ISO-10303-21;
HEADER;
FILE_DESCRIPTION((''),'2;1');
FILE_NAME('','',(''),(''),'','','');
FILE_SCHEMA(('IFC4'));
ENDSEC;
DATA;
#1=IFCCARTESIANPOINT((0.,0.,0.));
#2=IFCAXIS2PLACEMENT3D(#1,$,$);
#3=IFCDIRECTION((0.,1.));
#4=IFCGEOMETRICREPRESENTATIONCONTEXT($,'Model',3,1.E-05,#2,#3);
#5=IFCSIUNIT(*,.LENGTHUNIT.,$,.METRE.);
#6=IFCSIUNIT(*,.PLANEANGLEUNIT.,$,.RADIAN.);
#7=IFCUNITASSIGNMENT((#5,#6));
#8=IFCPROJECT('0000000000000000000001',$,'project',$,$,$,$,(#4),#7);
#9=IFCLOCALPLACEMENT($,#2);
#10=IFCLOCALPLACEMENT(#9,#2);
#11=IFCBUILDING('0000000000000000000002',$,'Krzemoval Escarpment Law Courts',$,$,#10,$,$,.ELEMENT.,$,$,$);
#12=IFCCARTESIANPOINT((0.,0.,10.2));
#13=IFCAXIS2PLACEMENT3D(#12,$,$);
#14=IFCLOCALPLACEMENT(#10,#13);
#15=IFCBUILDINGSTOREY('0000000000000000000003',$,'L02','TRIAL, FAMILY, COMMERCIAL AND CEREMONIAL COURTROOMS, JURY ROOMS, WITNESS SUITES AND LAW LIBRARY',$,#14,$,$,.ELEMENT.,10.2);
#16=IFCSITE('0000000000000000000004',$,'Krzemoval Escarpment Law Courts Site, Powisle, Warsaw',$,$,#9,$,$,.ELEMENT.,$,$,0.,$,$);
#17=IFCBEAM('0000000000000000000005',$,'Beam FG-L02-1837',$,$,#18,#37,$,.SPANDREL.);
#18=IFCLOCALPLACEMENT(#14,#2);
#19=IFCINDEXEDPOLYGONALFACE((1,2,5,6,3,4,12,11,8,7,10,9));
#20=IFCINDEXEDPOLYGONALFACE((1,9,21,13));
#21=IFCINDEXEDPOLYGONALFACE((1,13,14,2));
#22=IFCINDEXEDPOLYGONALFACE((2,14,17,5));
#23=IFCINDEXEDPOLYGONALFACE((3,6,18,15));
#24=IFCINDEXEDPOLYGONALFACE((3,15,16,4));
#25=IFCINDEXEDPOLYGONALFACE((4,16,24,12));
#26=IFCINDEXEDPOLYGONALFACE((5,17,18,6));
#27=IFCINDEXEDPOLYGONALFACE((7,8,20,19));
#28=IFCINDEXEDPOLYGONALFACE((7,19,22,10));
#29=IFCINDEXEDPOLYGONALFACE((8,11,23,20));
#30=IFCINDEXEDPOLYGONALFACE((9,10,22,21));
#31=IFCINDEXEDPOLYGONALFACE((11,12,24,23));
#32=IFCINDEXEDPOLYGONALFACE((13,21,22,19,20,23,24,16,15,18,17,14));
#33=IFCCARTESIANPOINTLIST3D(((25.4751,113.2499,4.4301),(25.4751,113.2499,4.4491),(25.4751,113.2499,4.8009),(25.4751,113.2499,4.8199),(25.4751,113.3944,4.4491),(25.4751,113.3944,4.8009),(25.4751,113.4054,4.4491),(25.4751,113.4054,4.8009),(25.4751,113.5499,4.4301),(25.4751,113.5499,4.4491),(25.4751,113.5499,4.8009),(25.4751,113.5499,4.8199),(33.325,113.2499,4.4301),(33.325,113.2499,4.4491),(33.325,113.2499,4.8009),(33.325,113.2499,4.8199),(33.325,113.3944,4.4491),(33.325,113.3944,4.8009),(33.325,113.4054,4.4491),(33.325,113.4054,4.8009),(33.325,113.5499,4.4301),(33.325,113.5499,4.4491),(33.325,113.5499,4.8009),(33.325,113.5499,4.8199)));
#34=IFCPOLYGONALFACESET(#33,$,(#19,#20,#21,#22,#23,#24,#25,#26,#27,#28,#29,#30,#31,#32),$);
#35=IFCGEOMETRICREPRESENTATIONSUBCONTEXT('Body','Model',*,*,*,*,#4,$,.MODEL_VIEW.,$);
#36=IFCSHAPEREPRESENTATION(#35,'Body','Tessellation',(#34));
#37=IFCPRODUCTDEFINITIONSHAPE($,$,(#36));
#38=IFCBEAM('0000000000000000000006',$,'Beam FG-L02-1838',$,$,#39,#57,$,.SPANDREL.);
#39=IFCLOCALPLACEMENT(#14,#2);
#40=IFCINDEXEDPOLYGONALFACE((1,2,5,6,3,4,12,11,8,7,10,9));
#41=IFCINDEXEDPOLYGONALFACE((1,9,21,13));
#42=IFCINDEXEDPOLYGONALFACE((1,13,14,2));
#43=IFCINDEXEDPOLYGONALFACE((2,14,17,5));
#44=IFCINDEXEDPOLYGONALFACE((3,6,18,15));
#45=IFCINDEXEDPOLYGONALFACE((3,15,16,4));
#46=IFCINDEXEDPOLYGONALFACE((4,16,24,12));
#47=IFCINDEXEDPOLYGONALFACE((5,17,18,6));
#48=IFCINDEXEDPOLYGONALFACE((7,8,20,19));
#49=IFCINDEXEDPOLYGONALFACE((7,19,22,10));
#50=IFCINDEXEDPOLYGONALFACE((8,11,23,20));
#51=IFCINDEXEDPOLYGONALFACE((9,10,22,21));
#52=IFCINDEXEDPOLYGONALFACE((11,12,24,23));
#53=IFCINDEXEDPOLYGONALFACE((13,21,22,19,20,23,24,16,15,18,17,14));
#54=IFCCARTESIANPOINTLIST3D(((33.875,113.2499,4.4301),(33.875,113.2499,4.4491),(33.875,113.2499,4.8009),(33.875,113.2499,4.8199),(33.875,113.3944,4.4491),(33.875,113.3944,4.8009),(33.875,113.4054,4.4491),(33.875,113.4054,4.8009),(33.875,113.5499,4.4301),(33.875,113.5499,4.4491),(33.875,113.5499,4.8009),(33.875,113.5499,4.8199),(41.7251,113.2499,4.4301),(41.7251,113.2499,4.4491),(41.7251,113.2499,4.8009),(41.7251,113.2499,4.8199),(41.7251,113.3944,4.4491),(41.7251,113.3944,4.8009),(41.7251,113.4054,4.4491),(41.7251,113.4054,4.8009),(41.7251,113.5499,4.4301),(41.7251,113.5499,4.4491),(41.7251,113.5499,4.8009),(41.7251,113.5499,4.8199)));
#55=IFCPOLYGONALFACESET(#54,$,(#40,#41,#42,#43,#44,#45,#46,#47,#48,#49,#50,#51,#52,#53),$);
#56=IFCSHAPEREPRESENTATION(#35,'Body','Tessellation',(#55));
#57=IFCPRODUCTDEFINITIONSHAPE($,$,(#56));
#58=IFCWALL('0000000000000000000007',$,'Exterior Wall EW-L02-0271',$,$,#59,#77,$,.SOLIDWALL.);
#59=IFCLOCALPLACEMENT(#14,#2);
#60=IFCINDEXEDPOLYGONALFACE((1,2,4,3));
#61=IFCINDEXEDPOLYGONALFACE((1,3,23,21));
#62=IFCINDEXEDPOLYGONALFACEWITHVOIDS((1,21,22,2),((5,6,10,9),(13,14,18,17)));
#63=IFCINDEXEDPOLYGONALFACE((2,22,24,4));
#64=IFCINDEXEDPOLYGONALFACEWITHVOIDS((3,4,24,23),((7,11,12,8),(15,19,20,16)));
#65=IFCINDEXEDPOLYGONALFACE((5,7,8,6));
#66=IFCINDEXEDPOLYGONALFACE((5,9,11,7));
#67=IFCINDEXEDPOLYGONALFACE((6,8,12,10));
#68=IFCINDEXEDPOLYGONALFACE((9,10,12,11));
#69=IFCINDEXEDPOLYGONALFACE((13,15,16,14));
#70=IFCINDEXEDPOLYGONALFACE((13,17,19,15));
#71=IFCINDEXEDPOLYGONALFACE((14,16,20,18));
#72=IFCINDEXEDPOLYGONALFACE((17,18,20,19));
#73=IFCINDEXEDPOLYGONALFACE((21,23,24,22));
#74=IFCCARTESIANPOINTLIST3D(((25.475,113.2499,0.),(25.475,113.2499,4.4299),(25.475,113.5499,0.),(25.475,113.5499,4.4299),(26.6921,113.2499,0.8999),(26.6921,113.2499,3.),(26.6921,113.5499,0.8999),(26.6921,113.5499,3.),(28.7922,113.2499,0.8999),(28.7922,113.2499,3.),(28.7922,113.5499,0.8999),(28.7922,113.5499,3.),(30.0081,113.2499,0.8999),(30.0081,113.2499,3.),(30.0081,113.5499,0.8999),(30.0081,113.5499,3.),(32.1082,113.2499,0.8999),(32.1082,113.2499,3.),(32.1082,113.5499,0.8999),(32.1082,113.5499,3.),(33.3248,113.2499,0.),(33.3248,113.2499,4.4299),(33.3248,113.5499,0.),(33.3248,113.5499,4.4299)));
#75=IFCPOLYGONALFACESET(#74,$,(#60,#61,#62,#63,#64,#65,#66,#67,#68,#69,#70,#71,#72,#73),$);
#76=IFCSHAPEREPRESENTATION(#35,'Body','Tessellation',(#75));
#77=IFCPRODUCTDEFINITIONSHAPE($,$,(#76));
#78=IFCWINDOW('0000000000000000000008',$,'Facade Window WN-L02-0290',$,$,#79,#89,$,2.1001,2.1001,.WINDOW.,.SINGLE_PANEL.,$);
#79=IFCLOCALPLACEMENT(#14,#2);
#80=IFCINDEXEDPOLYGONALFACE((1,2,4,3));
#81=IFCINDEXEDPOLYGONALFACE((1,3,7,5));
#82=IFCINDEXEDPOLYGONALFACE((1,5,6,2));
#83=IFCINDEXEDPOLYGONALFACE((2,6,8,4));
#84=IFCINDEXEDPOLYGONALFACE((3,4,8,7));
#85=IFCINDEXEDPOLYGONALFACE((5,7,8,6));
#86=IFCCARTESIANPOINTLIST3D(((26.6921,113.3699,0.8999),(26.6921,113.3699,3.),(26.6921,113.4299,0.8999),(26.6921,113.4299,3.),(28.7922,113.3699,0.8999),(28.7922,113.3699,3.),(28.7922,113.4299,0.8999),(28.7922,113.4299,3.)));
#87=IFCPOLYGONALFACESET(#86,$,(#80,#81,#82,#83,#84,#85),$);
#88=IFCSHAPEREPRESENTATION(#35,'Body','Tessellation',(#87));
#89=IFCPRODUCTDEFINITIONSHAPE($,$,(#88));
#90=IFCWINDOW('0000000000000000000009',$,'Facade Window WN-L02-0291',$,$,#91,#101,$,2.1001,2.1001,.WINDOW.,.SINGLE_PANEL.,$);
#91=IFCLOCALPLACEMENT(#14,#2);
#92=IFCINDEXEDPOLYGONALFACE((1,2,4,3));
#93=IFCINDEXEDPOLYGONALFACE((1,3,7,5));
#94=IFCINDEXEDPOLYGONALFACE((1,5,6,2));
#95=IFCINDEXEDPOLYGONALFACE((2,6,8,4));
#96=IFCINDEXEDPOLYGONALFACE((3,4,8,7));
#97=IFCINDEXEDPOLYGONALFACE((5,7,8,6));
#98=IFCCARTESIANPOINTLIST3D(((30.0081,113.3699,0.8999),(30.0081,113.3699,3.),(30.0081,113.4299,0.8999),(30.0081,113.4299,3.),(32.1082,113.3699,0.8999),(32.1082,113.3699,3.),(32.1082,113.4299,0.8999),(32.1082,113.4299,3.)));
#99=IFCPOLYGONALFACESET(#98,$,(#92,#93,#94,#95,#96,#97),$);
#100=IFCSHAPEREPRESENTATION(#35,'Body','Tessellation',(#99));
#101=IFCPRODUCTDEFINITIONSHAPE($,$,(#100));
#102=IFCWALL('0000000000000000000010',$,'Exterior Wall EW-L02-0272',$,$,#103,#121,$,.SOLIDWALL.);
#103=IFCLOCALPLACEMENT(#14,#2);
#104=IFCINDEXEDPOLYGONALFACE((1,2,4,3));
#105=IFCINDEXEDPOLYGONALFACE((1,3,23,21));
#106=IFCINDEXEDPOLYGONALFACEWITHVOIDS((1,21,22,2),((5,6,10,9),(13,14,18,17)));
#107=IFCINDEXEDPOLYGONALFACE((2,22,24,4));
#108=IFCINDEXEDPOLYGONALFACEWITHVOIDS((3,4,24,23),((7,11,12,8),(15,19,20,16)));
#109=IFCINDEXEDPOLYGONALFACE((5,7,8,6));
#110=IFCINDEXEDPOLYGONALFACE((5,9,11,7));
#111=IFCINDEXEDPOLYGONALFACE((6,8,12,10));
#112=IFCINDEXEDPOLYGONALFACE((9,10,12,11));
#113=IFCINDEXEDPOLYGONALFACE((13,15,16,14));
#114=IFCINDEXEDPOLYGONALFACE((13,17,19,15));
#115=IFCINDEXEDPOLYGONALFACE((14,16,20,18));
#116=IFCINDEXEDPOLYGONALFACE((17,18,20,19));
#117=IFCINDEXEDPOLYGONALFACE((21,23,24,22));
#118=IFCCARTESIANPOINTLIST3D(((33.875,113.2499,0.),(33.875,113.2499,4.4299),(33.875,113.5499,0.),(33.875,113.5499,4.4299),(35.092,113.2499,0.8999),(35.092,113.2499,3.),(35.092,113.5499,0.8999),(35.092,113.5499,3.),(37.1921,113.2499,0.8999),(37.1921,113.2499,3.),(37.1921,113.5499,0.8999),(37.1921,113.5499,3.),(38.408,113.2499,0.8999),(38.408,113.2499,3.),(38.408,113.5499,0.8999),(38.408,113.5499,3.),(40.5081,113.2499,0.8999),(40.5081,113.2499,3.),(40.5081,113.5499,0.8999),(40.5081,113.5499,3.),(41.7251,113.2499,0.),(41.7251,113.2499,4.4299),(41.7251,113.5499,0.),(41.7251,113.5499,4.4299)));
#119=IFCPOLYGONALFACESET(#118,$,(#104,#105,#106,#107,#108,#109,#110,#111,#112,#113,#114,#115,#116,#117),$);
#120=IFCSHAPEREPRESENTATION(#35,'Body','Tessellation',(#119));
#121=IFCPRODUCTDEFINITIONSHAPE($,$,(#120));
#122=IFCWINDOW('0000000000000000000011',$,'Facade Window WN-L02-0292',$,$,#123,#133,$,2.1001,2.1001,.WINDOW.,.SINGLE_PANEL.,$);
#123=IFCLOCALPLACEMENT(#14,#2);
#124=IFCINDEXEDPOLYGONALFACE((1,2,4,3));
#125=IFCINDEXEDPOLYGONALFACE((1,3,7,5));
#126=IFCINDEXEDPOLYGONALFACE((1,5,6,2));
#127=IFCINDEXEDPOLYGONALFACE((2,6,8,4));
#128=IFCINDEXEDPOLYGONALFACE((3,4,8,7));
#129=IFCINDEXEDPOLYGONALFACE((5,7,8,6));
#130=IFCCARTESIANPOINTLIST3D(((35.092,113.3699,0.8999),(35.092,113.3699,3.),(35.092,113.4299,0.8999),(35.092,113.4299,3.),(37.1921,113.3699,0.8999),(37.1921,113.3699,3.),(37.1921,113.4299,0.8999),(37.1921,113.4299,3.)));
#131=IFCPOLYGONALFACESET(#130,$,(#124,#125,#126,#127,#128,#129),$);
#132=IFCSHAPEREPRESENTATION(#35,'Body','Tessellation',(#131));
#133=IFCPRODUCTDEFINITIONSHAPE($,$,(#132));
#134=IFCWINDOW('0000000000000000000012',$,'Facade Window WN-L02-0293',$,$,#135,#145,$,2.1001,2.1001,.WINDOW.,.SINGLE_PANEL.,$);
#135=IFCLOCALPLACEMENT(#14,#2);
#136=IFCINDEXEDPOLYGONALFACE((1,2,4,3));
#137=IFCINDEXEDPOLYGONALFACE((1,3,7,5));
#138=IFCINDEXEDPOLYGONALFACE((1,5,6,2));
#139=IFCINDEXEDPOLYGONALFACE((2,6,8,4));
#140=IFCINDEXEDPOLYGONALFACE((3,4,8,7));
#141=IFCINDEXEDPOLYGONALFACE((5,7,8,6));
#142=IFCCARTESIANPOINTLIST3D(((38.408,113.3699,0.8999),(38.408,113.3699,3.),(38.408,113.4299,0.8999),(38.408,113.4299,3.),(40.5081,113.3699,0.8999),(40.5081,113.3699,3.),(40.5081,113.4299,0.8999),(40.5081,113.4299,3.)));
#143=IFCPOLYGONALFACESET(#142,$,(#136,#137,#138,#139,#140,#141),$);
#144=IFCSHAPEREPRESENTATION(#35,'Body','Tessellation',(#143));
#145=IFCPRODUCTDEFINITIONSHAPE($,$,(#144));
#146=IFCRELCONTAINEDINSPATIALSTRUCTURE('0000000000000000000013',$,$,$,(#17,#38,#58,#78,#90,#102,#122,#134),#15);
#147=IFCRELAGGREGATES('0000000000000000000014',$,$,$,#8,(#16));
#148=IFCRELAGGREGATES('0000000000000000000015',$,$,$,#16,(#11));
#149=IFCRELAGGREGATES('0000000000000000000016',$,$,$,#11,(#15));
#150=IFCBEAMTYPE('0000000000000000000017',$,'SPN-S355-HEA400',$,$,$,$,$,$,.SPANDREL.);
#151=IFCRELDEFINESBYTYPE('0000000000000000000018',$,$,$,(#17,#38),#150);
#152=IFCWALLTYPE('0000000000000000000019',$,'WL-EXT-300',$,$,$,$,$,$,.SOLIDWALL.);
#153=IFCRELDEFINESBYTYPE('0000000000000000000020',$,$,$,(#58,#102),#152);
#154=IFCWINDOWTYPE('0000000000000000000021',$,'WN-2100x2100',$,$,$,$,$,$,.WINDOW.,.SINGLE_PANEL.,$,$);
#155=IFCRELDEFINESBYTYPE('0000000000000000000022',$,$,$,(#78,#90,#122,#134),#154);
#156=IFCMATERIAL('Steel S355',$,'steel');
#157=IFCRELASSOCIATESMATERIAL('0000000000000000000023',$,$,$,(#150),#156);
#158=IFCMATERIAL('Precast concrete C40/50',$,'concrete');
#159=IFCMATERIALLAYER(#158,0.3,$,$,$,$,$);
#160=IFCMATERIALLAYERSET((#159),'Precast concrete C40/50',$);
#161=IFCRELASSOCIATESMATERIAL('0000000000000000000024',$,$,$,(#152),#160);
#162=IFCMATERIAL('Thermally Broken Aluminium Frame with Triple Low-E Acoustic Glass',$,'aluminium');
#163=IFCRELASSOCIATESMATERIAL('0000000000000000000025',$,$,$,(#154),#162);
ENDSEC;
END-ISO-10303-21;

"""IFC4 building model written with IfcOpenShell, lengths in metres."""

from ifc_helpers import new_model, si_unit, direction, frame, frame_2d, origin, origin_2d, place, context, subcontext, project, spatial, rectangle, i_section, extrude, material, layer, layer_set, material_profile, profile_set, type_object, element, fill, save


model = new_model("IFC4")

# Units and contexts
model_context = context("Model", 3, precision=1e-05, world=origin(), true_north=direction((0.0, 1.0)))
body_context = subcontext(model_context, "Body", "Model", "MODEL_VIEW")
ifc_project = project(units=[si_unit("LENGTHUNIT", "METRE"), si_unit("PLANEANGLEUNIT", "RADIAN")], contexts=[model_context])

# Site, building, storey
site_placement = place(None, origin())
site = spatial("IfcSite", under=ifc_project, at=site_placement, Name="Krzemoval Escarpment Law Courts Site, Powisle, Warsaw", CompositionType="ELEMENT", RefElevation=0.0)
building_placement = place(site_placement, origin())
building = spatial("IfcBuilding", under=site, at=building_placement, Name="Krzemoval Escarpment Law Courts", CompositionType="ELEMENT")
storey_placement = place(building_placement, frame((0.0, 0.0, 10.2)))
storey = spatial("IfcBuildingStorey", under=building, at=storey_placement, Name="L02", Description="TRIAL, FAMILY, COMMERCIAL AND CEREMONIAL COURTROOMS, JURY ROOMS, WITNESS SUITES AND LAW LIBRARY", CompositionType="ELEMENT", Elevation=10.2)

# Beams
ifc_material_1 = material(Name="Steel S355", Category="steel")
ifc_material_profile_1 = material_profile(ifc_material_1, i_section(OverallWidth=0.3, OverallDepth=0.3899, WebThickness=0.011, FlangeThickness=0.019, at=origin_2d()), Name="HEA 400")
ifc_profile_set_1 = profile_set([ifc_material_profile_1], Name="Steel S355")
beam_type_1 = type_object("IfcBeamType", Name="SPN-S355-HEA400", PredefinedType="SPANDREL", material=ifc_profile_set_1)
beam_1_placement = place(storey_placement, frame((25.4751, 113.3999, 4.625), z_axis=(1.0, 0.0, 0.0), x_axis=(0.0, 1.0, 0.0)))
element("IfcBeam", 1, at=beam_1_placement, inside=storey, type_object=beam_type_1, Name="Beam FG-L02-1837", PredefinedType="SPANDREL", context=body_context, shape_type="SweptSolid", body=[
    extrude(i_section(OverallWidth=0.3, OverallDepth=0.3899, WebThickness=0.011, FlangeThickness=0.019, at=origin_2d()), origin(), (0.0, 0.0, 1.0), 7.8499),
])
beam_2_placement = place(storey_placement, frame((33.875, 113.3999, 4.625), z_axis=(1.0, 0.0, 0.0), x_axis=(0.0, 1.0, 0.0)))
element("IfcBeam", 2, at=beam_2_placement, inside=storey, type_object=beam_type_1, Name="Beam FG-L02-1838", PredefinedType="SPANDREL", context=body_context, shape_type="SweptSolid", body=[
    extrude(i_section(OverallWidth=0.3, OverallDepth=0.3899, WebThickness=0.011, FlangeThickness=0.019, at=origin_2d()), origin(), (0.0, 0.0, 1.0), 7.8501),
])

# Walls, openings, windows
ifc_material_2 = material(Name="Precast concrete C40/50", Category="concrete")
ifc_layer_1 = layer(ifc_material_2, 0.3)
ifc_layer_set_1 = layer_set([ifc_layer_1], Name="Precast concrete C40/50")
wall_type_1 = type_object("IfcWallType", Name="WL-EXT-300", PredefinedType="SOLIDWALL", material=ifc_layer_set_1)
wall_1_placement = place(storey_placement, frame((25.4751, 113.3999, 0.0), z_axis=(0.0, 0.0, 1.0), x_axis=(1.0, 0.0, 0.0)))
wall_1 = element("IfcWall", 3, at=wall_1_placement, inside=storey, type_object=wall_type_1, Name="Exterior Wall EW-L02-0271", PredefinedType="SOLIDWALL", context=body_context, shape_type="SweptSolid", body=[
    extrude(rectangle(XDim=7.8499, YDim=0.3, at=frame_2d((3.9248, 0.0))), origin(), (0.0, 0.0, 1.0), 4.4299),
])
opening_1_placement = place(wall_1_placement, frame((1.217, 0.0, 0.8999)))
opening_1 = element("IfcOpeningElement", 4, at=opening_1_placement, cuts=wall_1, PredefinedType="OPENING", context=body_context, shape_type="SweptSolid", body=[
    extrude(rectangle(XDim=2.1001, YDim=2.1001, at=frame_2d((1.05, 1.05))), frame((0.0, 0.165, 0.0), z_axis=(0.0, -1.0, 0.0), x_axis=(1.0, 0.0, 0.0)), (0.0, 0.0, 1.0), 0.3301),
])
opening_2_placement = place(wall_1_placement, frame((4.533, 0.0, 0.8999)))
opening_2 = element("IfcOpeningElement", 5, at=opening_2_placement, cuts=wall_1, PredefinedType="OPENING", context=body_context, shape_type="SweptSolid", body=[
    extrude(rectangle(XDim=2.1001, YDim=2.1001, at=frame_2d((1.05, 1.05))), frame((0.0, 0.165, 0.0), z_axis=(0.0, -1.0, 0.0), x_axis=(1.0, 0.0, 0.0)), (0.0, 0.0, 1.0), 0.3301),
])
ifc_material_3 = material(Name="Thermally Broken Aluminium Frame with Triple Low-E Acoustic Glass", Category="aluminium")
window_type = type_object("IfcWindowType", Name="WN-2100x2100", PartitioningType="SINGLE_PANEL", PredefinedType="WINDOW", material=ifc_material_3)
window_1_placement = place(opening_1_placement, origin())
window_1 = element("IfcWindow", 6, at=window_1_placement, inside=storey, type_object=window_type, Name="Facade Window WN-L02-0290", OverallHeight=2.1001, OverallWidth=2.1001, PartitioningType="SINGLE_PANEL", PredefinedType="WINDOW", context=body_context, shape_type="SweptSolid", body=[
    extrude(rectangle(XDim=2.1001, YDim=2.1001, at=frame_2d((1.05, 1.05))), frame((0.0, 0.03, 0.0), z_axis=(0.0, -1.0, 0.0), x_axis=(1.0, 0.0, 0.0)), (0.0, 0.0, 1.0), 0.0601),
])
fill(opening_1, window_1)
window_2_placement = place(opening_2_placement, origin())
window_2 = element("IfcWindow", 7, at=window_2_placement, inside=storey, type_object=window_type, Name="Facade Window WN-L02-0291", OverallHeight=2.1001, OverallWidth=2.1001, PartitioningType="SINGLE_PANEL", PredefinedType="WINDOW", context=body_context, shape_type="SweptSolid", body=[
    extrude(rectangle(XDim=2.1001, YDim=2.1001, at=frame_2d((1.05, 1.05))), frame((0.0, 0.03, 0.0), z_axis=(0.0, -1.0, 0.0), x_axis=(1.0, 0.0, 0.0)), (0.0, 0.0, 1.0), 0.0601),
])
fill(opening_2, window_2)
wall_2_placement = place(storey_placement, frame((33.875, 113.3999, 0.0), z_axis=(0.0, 0.0, 1.0), x_axis=(1.0, 0.0, 0.0)))
wall_2 = element("IfcWall", 8, at=wall_2_placement, inside=storey, type_object=wall_type_1, Name="Exterior Wall EW-L02-0272", PredefinedType="SOLIDWALL", context=body_context, shape_type="SweptSolid", body=[
    extrude(rectangle(XDim=7.8501, YDim=0.3, at=frame_2d((3.925, 0.0))), origin(), (0.0, 0.0, 1.0), 4.4299),
])
opening_3_placement = place(wall_2_placement, frame((1.217, 0.0, 0.8999)))
opening_3 = element("IfcOpeningElement", 9, at=opening_3_placement, cuts=wall_2, PredefinedType="OPENING", context=body_context, shape_type="SweptSolid", body=[
    extrude(rectangle(XDim=2.1001, YDim=2.1001, at=frame_2d((1.05, 1.05))), frame((0.0, 0.165, 0.0), z_axis=(0.0, -1.0, 0.0), x_axis=(1.0, 0.0, 0.0)), (0.0, 0.0, 1.0), 0.3301),
])
opening_4_placement = place(wall_2_placement, frame((4.533, 0.0, 0.8999)))
opening_4 = element("IfcOpeningElement", 10, at=opening_4_placement, cuts=wall_2, PredefinedType="OPENING", context=body_context, shape_type="SweptSolid", body=[
    extrude(rectangle(XDim=2.1001, YDim=2.1001, at=frame_2d((1.05, 1.05))), frame((0.0, 0.165, 0.0), z_axis=(0.0, -1.0, 0.0), x_axis=(1.0, 0.0, 0.0)), (0.0, 0.0, 1.0), 0.3301),
])
window_3_placement = place(opening_3_placement, origin())
window_3 = element("IfcWindow", 11, at=window_3_placement, inside=storey, type_object=window_type, Name="Facade Window WN-L02-0292", OverallHeight=2.1001, OverallWidth=2.1001, PartitioningType="SINGLE_PANEL", PredefinedType="WINDOW", context=body_context, shape_type="SweptSolid", body=[
    extrude(rectangle(XDim=2.1001, YDim=2.1001, at=frame_2d((1.05, 1.05))), frame((0.0, 0.03, 0.0), z_axis=(0.0, -1.0, 0.0), x_axis=(1.0, 0.0, 0.0)), (0.0, 0.0, 1.0), 0.0601),
])
fill(opening_3, window_3)
window_4_placement = place(opening_4_placement, origin())
window_4 = element("IfcWindow", 12, at=window_4_placement, inside=storey, type_object=window_type, Name="Facade Window WN-L02-0293", OverallHeight=2.1001, OverallWidth=2.1001, PartitioningType="SINGLE_PANEL", PredefinedType="WINDOW", context=body_context, shape_type="SweptSolid", body=[
    extrude(rectangle(XDim=2.1001, YDim=2.1001, at=frame_2d((1.05, 1.05))), frame((0.0, 0.03, 0.0), z_axis=(0.0, -1.0, 0.0), x_axis=(1.0, 0.0, 0.0)), (0.0, 0.0, 1.0), 0.0601),
])
fill(opening_4, window_4)

save(model, "model.ifc")
